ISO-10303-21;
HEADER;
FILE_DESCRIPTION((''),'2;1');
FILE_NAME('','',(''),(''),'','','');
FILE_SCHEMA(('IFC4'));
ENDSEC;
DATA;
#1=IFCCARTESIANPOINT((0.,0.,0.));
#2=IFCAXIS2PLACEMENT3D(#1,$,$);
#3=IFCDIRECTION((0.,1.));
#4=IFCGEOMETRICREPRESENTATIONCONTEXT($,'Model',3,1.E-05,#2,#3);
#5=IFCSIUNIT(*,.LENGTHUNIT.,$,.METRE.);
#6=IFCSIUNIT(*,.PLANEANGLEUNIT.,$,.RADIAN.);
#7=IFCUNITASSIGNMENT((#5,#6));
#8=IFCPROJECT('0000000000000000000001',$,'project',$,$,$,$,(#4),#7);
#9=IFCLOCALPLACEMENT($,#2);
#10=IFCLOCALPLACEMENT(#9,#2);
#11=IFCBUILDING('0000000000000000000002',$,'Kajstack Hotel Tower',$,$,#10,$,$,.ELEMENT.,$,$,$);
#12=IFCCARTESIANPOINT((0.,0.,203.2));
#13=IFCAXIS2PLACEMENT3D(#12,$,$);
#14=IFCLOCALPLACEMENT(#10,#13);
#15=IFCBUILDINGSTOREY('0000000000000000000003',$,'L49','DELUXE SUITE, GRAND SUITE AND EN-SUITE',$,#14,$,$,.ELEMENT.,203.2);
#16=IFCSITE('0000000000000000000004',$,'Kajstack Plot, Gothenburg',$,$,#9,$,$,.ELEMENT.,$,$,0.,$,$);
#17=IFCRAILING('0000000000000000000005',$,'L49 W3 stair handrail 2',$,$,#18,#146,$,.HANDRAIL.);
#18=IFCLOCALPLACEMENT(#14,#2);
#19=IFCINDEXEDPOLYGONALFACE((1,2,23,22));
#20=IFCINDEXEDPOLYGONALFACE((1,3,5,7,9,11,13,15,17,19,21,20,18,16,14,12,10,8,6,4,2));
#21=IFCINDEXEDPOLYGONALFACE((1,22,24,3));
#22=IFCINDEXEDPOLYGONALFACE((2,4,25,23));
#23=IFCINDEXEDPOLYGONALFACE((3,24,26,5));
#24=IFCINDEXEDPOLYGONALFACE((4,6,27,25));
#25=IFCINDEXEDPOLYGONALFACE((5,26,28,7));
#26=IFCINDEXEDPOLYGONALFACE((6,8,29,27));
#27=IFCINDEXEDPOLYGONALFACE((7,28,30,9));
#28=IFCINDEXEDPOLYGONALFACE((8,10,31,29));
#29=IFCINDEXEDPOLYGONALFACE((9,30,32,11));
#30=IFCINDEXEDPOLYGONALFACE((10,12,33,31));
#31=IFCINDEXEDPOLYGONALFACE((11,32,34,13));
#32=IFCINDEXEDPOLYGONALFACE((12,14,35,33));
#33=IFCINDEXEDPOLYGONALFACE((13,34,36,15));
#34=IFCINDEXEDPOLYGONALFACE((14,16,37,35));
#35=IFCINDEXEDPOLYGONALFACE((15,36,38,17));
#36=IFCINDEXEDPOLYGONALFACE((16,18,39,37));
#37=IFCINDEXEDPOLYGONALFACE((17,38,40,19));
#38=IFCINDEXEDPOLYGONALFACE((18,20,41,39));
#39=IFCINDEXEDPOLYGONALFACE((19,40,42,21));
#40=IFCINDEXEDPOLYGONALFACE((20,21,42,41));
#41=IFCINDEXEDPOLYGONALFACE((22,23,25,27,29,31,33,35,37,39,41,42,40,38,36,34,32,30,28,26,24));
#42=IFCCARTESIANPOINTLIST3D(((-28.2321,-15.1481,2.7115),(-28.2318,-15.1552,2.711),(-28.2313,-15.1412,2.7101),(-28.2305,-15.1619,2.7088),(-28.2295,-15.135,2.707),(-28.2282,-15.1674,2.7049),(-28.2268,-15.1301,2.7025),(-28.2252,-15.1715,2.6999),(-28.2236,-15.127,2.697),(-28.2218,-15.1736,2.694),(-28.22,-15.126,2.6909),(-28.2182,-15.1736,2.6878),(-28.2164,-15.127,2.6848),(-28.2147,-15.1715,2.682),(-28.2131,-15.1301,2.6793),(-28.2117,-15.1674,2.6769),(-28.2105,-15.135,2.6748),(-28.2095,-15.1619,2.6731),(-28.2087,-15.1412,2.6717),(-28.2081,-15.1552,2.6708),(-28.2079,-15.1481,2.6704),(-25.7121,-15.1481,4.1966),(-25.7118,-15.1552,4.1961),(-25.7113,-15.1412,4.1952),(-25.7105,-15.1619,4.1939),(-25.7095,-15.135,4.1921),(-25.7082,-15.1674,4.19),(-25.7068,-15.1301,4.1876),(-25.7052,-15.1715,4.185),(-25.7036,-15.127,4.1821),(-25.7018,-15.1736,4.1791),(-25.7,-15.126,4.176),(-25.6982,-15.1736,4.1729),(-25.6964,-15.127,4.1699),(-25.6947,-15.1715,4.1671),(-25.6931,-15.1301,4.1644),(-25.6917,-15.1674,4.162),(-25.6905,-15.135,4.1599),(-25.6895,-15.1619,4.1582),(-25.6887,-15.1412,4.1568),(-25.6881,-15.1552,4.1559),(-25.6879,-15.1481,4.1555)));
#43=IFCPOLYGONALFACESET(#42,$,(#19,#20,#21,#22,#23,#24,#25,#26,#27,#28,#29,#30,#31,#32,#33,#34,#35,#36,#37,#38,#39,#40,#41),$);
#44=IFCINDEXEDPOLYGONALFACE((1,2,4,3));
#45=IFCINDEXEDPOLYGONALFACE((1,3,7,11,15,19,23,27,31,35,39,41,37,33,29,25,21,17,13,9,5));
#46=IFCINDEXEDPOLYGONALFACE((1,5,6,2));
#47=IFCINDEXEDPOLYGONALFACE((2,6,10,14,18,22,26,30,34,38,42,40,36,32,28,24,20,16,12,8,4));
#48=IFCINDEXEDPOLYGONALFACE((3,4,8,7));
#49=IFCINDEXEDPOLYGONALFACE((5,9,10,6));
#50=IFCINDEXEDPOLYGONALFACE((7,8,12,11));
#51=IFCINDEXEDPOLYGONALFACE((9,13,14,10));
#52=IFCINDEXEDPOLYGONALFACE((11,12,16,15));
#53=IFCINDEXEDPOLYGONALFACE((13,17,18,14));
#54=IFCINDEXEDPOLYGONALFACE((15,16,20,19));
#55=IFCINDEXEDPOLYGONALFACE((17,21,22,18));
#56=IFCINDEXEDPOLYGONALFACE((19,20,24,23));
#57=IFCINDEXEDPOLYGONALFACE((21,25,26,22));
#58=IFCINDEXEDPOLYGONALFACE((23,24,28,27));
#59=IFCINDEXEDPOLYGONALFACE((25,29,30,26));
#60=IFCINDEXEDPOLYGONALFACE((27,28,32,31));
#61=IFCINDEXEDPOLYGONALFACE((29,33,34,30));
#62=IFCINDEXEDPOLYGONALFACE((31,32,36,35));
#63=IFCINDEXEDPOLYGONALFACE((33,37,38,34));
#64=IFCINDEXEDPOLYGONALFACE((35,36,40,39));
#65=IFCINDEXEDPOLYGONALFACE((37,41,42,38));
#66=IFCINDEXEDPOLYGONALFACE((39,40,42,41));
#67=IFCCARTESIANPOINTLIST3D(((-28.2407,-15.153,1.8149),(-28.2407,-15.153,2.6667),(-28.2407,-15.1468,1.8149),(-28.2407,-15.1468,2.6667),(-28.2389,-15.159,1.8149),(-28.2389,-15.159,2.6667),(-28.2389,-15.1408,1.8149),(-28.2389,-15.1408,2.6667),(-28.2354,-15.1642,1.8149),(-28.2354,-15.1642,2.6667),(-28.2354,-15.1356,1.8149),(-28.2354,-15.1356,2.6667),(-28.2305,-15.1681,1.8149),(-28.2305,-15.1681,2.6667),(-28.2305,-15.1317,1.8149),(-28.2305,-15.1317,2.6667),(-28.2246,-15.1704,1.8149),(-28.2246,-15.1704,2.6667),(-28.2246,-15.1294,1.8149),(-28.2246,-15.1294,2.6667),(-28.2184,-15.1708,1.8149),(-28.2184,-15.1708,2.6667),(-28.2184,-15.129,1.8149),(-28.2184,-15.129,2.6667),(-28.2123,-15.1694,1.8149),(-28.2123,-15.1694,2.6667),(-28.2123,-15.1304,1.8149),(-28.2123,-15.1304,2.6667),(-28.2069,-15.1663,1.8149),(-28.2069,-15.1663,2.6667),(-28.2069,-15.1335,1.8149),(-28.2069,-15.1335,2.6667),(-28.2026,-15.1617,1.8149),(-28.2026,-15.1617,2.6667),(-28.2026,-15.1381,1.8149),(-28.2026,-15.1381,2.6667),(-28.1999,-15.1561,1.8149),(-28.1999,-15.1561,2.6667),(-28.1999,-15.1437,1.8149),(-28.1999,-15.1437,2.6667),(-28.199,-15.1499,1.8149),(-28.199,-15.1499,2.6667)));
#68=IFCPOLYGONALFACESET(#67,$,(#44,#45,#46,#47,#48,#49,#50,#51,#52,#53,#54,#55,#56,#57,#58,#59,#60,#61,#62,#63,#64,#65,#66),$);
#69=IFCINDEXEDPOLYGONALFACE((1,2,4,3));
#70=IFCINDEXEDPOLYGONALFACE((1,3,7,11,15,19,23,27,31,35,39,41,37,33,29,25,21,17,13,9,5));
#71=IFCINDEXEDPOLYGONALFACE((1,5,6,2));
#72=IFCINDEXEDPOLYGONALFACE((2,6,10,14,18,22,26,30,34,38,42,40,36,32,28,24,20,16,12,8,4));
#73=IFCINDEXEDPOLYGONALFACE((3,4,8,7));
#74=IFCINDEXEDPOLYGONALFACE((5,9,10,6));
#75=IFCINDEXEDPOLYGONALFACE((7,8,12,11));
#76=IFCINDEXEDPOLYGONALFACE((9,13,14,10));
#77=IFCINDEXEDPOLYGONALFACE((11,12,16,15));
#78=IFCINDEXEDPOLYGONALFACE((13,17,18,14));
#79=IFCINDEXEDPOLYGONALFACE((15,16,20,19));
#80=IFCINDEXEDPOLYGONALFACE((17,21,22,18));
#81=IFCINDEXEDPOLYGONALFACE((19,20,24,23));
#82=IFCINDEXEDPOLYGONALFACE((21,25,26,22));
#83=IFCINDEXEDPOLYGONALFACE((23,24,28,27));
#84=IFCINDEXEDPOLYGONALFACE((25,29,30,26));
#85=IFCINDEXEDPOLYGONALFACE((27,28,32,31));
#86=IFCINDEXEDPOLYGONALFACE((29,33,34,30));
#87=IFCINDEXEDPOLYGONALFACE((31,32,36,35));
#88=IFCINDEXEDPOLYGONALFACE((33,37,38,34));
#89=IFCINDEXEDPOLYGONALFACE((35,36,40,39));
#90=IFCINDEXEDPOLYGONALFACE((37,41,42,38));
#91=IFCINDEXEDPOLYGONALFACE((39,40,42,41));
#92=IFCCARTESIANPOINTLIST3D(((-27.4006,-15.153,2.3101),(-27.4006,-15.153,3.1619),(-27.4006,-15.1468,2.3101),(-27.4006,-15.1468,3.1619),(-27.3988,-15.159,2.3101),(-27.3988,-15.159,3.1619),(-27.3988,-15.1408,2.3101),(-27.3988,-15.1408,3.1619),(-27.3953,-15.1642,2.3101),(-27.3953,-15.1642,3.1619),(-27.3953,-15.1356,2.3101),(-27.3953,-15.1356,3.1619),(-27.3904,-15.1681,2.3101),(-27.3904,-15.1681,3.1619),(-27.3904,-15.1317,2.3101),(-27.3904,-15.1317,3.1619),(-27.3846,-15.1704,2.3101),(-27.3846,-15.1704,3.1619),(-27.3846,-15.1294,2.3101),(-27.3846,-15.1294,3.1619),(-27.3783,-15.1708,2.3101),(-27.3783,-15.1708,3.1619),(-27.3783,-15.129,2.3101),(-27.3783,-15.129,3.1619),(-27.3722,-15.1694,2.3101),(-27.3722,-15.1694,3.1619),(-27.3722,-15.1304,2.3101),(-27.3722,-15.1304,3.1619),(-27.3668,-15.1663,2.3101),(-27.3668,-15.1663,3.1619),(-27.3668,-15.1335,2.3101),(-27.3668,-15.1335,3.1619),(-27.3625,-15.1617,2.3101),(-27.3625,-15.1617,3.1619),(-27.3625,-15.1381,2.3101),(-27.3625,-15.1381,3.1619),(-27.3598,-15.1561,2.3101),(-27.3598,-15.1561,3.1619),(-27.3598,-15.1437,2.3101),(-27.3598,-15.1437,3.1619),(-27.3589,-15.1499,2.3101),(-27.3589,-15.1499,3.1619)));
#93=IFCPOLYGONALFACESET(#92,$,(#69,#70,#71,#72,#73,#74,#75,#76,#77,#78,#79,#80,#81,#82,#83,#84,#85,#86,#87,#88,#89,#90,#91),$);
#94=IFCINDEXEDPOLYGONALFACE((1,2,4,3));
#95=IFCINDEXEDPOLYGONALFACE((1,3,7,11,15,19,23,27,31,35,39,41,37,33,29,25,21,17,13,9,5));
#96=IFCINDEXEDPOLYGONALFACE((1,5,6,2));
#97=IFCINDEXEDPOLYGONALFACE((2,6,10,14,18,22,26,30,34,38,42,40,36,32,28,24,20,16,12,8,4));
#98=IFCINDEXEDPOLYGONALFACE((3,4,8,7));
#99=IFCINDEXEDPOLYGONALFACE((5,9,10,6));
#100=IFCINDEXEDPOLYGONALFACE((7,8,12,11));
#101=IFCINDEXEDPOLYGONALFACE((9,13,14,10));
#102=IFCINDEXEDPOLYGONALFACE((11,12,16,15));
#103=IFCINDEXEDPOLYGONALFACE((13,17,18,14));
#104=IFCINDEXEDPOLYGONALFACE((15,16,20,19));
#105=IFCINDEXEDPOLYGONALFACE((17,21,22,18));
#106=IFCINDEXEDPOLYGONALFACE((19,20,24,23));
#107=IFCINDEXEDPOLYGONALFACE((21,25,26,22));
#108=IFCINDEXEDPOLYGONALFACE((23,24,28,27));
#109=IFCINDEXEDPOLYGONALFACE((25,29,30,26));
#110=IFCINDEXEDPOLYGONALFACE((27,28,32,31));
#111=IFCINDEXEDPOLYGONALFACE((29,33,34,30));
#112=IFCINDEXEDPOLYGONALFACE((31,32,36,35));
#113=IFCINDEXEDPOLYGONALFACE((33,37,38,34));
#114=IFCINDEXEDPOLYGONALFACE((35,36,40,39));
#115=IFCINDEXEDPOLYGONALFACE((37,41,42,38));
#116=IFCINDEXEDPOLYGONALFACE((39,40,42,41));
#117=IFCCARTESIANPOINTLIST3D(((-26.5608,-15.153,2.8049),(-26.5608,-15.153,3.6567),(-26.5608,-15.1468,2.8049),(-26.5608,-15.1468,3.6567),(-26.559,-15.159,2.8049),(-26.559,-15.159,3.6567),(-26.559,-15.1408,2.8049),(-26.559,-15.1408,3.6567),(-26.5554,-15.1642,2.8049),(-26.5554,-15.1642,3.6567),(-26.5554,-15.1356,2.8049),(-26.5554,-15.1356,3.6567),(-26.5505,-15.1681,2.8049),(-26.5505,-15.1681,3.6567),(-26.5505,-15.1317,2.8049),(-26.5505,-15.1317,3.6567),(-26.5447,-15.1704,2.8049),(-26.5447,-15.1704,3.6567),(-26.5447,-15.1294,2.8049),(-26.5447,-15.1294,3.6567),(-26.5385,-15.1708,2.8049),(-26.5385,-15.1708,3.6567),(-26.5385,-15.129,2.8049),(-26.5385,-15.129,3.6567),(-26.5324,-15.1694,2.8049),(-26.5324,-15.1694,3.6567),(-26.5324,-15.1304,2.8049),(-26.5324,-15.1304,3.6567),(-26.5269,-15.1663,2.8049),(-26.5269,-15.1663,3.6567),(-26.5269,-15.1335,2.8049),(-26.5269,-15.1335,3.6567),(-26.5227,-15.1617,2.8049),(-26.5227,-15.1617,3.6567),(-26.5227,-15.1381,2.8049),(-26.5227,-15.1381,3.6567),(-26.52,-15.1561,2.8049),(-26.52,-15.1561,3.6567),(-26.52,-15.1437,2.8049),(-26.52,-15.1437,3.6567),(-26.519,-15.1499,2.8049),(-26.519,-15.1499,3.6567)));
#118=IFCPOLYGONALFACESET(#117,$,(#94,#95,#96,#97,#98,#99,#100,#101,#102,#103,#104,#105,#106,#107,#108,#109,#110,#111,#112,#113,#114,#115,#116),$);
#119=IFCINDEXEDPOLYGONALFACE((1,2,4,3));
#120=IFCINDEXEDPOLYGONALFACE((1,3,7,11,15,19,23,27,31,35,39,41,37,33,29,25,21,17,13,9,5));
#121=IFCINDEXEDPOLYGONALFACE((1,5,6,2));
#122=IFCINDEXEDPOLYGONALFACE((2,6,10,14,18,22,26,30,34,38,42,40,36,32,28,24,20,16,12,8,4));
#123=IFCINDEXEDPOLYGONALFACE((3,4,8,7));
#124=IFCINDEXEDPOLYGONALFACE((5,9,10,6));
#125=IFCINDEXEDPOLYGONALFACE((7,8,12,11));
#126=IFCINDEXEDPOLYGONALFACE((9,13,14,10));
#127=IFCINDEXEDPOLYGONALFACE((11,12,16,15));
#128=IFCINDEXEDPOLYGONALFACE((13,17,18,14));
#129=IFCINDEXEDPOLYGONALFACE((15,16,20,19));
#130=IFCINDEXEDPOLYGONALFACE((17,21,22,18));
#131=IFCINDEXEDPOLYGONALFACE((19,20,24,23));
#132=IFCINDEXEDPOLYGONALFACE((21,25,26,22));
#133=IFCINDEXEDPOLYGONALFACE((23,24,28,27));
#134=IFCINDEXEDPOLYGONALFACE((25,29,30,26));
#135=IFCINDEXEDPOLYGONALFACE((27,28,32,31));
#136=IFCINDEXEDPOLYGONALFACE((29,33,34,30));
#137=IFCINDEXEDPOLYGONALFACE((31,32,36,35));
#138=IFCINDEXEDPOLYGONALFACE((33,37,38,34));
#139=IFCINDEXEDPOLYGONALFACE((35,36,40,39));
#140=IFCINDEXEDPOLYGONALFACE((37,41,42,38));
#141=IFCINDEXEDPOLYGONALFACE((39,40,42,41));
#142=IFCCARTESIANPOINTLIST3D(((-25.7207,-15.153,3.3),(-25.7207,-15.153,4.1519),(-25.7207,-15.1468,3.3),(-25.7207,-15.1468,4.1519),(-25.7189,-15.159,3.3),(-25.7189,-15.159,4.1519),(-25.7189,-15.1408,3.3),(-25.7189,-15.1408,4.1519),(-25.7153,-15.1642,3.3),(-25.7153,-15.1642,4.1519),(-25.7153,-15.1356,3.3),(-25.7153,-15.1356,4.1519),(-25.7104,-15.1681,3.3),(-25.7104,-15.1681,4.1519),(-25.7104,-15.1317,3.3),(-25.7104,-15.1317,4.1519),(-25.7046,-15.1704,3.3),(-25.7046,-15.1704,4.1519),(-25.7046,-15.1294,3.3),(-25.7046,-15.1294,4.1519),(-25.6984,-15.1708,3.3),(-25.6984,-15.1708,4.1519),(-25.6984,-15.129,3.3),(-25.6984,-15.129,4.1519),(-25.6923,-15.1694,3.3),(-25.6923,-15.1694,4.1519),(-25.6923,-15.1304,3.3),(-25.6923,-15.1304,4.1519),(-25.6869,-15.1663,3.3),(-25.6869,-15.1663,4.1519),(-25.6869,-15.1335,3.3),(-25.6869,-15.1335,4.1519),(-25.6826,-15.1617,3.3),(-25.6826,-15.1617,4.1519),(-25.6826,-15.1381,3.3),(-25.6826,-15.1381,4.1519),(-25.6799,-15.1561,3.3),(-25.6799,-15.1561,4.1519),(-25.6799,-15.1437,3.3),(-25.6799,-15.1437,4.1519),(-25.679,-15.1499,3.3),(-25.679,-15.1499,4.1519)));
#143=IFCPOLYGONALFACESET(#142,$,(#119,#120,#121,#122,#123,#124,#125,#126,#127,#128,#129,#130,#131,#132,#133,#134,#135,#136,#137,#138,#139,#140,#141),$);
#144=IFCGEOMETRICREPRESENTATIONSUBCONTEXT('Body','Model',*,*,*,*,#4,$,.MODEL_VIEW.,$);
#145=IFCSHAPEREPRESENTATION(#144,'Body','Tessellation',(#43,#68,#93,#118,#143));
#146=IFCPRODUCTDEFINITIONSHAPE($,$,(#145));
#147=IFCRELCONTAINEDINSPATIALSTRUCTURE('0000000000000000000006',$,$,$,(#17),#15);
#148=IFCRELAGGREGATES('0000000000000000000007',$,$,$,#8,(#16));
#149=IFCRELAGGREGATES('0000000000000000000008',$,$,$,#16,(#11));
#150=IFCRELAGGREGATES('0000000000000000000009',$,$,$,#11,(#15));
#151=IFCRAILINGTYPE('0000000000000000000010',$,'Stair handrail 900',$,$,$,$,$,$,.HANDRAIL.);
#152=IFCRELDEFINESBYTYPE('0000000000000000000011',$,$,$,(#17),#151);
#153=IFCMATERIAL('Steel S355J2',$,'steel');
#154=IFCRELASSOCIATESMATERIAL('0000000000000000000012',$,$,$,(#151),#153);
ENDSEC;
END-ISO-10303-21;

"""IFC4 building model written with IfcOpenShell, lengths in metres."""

from ifc_helpers import new_model, si_unit, direction, frame, origin, origin_2d, place, context, subcontext, project, spatial, circle, extrude, material, type_object, element, save


model = new_model("IFC4")

# Units and contexts
model_context = context("Model", 3, precision=1e-05, world=origin(), true_north=direction((0.0, 1.0)))
body_context = subcontext(model_context, "Body", "Model", "MODEL_VIEW")
ifc_project = project(units=[si_unit("LENGTHUNIT", "METRE"), si_unit("PLANEANGLEUNIT", "RADIAN")], contexts=[model_context])

# Site, building, storey
site_placement = place(None, origin())
site = spatial("IfcSite", under=ifc_project, at=site_placement, Name="Kajstack Plot, Gothenburg", CompositionType="ELEMENT", RefElevation=0.0)
building_placement = place(site_placement, origin())
building = spatial("IfcBuilding", under=site, at=building_placement, Name="Kajstack Hotel Tower", CompositionType="ELEMENT")
storey_placement = place(building_placement, frame((0.0, 0.0, 203.2)))
storey = spatial("IfcBuildingStorey", under=building, at=storey_placement, Name="L49", Description="DELUXE SUITE, GRAND SUITE AND EN-SUITE", CompositionType="ELEMENT", Elevation=203.2)

# Railing
ifc_material_1 = material(Name="Steel S355J2", Category="steel")
railing_type = type_object("IfcRailingType", Name="Stair handrail 900", PredefinedType="HANDRAIL", material=ifc_material_1)
railing_1_placement = place(storey_placement, frame((-28.22, -15.1499, 1.8149)))
element("IfcRailing", 1, at=railing_1_placement, inside=storey, type_object=railing_type, Name="L49 W3 stair handrail 2", PredefinedType="HANDRAIL", context=body_context, shape_type="SweptSolid", body=[
    extrude(circle(Radius=0.0239, at=origin_2d()), frame((0.0, 0.0, 0.876), z_axis=(0.861524, 0.0, 0.507717), x_axis=(0.0, 1.0, 0.0)), (0.0, 0.0, 1.0), 2.925),
    extrude(circle(Radius=0.021, at=origin_2d()), origin(), (0.0, 0.0, 1.0), 0.8518),
    extrude(circle(Radius=0.021, at=origin_2d()), frame((0.8401, 0.0, 0.4951)), (0.0, 0.0, 1.0), 0.8518),
    extrude(circle(Radius=0.021, at=origin_2d()), frame((1.6799, 0.0, 0.99)), (0.0, 0.0, 1.0), 0.8518),
    extrude(circle(Radius=0.021, at=origin_2d()), frame((2.52, 0.0, 1.4851)), (0.0, 0.0, 1.0), 0.8518),
])

save(model, "model.ifc")
